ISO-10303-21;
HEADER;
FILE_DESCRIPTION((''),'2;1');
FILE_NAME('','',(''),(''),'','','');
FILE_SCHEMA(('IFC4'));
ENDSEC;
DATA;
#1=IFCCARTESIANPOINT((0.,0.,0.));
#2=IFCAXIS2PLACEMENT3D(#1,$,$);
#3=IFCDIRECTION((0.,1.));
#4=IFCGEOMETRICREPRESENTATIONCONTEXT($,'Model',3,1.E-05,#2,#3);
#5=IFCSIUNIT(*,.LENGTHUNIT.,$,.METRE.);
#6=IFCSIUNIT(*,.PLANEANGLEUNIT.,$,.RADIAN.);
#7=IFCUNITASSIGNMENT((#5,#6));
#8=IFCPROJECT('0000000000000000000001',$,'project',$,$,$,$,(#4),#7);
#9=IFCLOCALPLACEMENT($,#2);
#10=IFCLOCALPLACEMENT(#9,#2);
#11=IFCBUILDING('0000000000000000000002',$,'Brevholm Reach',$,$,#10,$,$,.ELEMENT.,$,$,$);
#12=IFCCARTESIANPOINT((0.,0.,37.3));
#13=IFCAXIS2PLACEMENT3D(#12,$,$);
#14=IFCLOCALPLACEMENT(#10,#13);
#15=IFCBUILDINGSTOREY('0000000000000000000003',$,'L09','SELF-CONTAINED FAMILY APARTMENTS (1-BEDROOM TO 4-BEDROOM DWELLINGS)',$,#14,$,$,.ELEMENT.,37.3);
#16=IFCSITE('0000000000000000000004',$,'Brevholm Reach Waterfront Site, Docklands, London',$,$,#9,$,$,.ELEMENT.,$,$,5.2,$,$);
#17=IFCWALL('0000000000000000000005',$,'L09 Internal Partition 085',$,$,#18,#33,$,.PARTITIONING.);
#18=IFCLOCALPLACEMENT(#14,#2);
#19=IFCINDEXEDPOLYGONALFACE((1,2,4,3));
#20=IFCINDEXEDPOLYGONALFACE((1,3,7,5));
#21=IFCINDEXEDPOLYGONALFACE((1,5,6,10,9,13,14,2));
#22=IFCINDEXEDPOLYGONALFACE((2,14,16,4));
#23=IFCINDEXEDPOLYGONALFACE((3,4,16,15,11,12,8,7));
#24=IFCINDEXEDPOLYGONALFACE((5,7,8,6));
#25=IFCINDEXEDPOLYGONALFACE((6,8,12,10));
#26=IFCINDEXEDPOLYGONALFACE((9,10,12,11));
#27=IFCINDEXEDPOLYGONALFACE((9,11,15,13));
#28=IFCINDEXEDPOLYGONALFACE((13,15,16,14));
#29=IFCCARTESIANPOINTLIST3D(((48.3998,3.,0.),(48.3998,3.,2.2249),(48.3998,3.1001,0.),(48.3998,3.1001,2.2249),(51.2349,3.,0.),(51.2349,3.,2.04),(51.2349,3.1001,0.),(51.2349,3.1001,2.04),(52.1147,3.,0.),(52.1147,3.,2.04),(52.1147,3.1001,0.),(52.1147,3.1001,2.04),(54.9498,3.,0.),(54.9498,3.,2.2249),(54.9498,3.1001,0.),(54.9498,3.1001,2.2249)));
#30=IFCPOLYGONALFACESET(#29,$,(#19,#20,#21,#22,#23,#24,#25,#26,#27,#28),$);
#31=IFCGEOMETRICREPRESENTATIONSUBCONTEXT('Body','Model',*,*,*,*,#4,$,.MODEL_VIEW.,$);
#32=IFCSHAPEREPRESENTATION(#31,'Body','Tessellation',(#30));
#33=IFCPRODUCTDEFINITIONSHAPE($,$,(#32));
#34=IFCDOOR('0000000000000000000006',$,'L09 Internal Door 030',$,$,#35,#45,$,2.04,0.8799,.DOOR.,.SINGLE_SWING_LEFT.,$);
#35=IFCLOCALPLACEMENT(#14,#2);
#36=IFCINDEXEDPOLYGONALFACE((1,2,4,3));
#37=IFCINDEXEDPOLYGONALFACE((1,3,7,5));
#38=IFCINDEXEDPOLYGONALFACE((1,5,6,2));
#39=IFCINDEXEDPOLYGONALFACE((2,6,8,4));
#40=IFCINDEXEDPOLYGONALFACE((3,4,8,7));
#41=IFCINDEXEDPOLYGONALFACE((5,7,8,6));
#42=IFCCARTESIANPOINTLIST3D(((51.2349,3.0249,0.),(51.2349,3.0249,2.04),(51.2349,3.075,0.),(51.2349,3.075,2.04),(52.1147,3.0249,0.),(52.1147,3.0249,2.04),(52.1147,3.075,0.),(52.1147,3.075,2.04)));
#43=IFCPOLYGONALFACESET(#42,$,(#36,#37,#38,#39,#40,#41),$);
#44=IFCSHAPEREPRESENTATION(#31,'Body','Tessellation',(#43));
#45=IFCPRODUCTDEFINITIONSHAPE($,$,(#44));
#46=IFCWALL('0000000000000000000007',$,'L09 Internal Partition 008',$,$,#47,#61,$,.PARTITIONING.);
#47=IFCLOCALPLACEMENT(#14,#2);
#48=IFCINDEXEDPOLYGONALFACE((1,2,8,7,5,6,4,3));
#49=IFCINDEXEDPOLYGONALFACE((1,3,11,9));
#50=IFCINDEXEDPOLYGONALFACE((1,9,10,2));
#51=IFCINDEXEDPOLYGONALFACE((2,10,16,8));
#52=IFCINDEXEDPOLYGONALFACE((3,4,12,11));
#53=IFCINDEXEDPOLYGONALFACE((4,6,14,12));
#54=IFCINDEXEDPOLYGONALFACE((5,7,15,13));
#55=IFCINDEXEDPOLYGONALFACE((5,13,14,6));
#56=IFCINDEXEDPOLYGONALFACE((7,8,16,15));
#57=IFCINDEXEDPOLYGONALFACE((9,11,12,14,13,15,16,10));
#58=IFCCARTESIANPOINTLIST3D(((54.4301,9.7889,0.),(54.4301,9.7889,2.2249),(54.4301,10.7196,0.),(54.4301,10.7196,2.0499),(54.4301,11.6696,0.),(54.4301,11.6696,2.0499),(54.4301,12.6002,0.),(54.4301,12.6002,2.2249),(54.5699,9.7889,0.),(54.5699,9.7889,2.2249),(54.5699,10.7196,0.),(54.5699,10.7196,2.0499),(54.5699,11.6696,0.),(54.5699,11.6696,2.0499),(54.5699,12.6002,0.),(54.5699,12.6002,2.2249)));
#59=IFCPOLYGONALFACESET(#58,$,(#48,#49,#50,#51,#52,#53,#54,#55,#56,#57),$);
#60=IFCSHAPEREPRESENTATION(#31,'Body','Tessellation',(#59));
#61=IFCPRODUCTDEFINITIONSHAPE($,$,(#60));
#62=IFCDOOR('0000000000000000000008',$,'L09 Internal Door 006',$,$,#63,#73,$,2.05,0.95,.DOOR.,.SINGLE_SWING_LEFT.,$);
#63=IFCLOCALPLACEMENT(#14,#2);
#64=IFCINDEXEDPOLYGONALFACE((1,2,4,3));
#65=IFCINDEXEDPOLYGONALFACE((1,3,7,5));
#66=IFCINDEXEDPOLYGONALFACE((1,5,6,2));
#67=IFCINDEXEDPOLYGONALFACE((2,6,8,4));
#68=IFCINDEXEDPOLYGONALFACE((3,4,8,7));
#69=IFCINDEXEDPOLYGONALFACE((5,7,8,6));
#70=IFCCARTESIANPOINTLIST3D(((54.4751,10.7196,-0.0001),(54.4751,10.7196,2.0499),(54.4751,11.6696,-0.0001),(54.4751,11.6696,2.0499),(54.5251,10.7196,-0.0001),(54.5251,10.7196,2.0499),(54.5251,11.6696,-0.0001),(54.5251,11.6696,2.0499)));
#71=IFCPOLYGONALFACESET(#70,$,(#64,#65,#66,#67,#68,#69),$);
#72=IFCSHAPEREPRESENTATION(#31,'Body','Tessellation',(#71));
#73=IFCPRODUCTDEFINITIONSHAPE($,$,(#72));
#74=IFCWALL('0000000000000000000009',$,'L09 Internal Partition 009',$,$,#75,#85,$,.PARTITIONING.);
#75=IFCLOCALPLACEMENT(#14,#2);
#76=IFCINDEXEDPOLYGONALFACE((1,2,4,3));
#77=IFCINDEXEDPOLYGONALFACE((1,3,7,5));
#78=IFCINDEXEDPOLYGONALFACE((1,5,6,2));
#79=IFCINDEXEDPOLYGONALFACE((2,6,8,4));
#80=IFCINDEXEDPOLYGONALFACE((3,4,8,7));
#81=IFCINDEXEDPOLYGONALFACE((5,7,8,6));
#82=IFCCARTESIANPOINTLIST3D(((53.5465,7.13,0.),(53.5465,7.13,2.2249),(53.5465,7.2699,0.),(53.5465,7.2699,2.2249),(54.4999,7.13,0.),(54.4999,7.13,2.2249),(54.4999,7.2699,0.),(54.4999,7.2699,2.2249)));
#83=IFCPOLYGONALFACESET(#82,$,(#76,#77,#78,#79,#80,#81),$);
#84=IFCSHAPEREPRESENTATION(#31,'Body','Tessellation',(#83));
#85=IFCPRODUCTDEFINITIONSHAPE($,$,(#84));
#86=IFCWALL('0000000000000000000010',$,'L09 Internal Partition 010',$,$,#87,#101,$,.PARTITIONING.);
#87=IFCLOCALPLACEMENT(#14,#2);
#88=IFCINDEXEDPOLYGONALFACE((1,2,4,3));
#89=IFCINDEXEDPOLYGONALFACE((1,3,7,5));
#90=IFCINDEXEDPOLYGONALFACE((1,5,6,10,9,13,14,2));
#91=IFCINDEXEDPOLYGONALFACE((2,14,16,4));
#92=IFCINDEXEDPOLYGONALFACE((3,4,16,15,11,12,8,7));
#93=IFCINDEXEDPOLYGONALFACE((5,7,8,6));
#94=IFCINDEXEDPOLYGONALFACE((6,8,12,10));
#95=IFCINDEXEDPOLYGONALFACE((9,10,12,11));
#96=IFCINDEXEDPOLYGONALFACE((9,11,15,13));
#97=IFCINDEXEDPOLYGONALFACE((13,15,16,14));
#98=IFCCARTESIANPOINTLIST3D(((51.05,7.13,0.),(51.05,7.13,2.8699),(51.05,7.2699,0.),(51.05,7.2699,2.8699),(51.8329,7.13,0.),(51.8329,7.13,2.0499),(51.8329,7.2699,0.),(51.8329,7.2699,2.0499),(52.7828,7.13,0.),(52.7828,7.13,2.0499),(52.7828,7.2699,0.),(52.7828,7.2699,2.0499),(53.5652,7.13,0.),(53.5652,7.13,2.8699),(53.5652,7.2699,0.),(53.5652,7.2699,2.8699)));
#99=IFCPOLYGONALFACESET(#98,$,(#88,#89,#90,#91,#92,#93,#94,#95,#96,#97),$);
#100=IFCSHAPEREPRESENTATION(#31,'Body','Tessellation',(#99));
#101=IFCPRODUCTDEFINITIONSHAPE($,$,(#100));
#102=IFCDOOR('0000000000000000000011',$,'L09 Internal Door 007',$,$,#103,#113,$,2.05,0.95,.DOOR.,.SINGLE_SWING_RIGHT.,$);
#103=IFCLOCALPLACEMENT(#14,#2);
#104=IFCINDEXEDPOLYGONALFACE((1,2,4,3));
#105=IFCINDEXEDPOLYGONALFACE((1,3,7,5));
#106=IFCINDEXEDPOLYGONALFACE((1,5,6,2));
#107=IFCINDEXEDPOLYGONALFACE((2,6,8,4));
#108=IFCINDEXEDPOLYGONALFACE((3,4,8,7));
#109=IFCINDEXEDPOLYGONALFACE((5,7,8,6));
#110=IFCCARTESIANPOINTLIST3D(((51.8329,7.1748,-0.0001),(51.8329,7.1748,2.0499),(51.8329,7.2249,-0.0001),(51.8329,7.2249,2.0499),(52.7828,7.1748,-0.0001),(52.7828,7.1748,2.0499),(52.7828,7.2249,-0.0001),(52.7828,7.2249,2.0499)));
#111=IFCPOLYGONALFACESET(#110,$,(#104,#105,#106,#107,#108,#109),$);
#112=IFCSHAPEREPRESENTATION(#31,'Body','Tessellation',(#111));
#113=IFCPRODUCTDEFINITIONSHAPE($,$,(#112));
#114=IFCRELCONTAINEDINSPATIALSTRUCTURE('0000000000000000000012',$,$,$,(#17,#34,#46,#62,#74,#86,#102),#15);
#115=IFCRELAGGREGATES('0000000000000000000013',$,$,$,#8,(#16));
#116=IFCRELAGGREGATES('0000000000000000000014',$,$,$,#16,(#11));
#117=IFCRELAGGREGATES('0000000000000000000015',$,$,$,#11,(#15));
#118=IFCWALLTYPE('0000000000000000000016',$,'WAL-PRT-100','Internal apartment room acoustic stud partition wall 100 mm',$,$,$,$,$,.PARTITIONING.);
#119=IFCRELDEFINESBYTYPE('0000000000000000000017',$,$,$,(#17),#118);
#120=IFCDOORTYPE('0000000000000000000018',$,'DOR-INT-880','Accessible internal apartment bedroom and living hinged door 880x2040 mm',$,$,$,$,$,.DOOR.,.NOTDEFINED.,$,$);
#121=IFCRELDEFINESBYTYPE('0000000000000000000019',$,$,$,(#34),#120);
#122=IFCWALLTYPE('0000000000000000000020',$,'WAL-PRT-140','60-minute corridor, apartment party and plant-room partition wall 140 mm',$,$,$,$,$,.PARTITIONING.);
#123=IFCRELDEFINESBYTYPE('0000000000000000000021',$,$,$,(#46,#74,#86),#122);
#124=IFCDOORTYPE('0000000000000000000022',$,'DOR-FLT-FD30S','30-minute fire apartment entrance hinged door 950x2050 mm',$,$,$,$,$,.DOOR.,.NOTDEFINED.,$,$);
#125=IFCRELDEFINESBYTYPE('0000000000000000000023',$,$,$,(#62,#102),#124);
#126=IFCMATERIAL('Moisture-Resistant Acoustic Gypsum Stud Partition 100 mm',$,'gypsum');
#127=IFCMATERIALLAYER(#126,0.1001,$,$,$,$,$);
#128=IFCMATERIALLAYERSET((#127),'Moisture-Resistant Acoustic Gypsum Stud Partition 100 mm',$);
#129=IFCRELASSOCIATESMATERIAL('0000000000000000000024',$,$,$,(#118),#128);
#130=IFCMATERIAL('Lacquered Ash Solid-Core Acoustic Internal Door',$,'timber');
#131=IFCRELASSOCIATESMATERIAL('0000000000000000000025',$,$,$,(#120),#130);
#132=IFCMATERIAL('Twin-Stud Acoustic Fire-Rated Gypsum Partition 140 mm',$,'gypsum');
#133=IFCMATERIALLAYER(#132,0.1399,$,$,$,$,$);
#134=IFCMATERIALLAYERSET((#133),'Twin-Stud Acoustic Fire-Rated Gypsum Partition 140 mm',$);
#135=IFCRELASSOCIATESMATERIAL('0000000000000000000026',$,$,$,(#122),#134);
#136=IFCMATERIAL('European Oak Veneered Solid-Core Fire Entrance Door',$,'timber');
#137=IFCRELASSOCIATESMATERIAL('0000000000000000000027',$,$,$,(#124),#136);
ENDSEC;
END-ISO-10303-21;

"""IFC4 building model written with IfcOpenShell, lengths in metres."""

from ifc_helpers import new_model, si_unit, direction, frame, frame_2d, origin, place, context, subcontext, project, spatial, rectangle, extrude, material, layer, layer_set, type_object, element, fill, save


model = new_model("IFC4")

# Units and contexts
model_context = context("Model", 3, precision=1e-05, world=origin(), true_north=direction((0.0, 1.0)))
body_context = subcontext(model_context, "Body", "Model", "MODEL_VIEW")
ifc_project = project(units=[si_unit("LENGTHUNIT", "METRE"), si_unit("PLANEANGLEUNIT", "RADIAN")], contexts=[model_context])

# Site, building, storey
site_placement = place(None, origin())
site = spatial("IfcSite", under=ifc_project, at=site_placement, Name="Brevholm Reach Waterfront Site, Docklands, London", CompositionType="ELEMENT", RefElevation=5.2)
building_placement = place(site_placement, origin())
building = spatial("IfcBuilding", under=site, at=building_placement, Name="Brevholm Reach", CompositionType="ELEMENT")
storey_placement = place(building_placement, frame((0.0, 0.0, 37.3)))
storey = spatial("IfcBuildingStorey", under=building, at=storey_placement, Name="L09", Description="SELF-CONTAINED FAMILY APARTMENTS (1-BEDROOM TO 4-BEDROOM DWELLINGS)", CompositionType="ELEMENT", Elevation=37.3)

# Shared definitions
ifc_material_1 = material(Name="Moisture-Resistant Acoustic Gypsum Stud Partition 100 mm", Category="gypsum")
ifc_layer_1 = layer(ifc_material_1, 0.1001)
ifc_layer_set_1 = layer_set([ifc_layer_1], Name="Moisture-Resistant Acoustic Gypsum Stud Partition 100 mm")
wall_type_1 = type_object("IfcWallType", Name="WAL-PRT-100", Description="Internal apartment room acoustic stud partition wall 100 mm", PredefinedType="PARTITIONING", material=ifc_layer_set_1)
ifc_material_2 = material(Name="Lacquered Ash Solid-Core Acoustic Internal Door", Category="timber")
door_type_1 = type_object("IfcDoorType", Name="DOR-INT-880", Description="Accessible internal apartment bedroom and living hinged door 880x2040 mm", OperationType="NOTDEFINED", PredefinedType="DOOR", material=ifc_material_2)

# Walls, openings, doors
wall_1_placement = place(storey_placement, frame((48.3999, 3.05, 0.0), z_axis=(0.0, 0.0, 1.0), x_axis=(1.0, 0.0, 0.0)))
wall_1 = element("IfcWall", 1, at=wall_1_placement, inside=storey, type_object=wall_type_1, Name="L09 Internal Partition 085", PredefinedType="PARTITIONING", context=body_context, shape_type="SweptSolid", body=[
    extrude(rectangle(XDim=6.55, YDim=0.1001, at=frame_2d((3.2749, 0.0))), origin(), (0.0, 0.0, 1.0), 2.2249),
])
opening_1_placement = place(wall_1_placement, frame((2.835, 0.0, 0.0)))
opening_1 = element("IfcOpeningElement", 2, at=opening_1_placement, cuts=wall_1, PredefinedType="OPENING", context=body_context, shape_type="SweptSolid", body=[
    extrude(rectangle(XDim=0.8799, YDim=2.04, at=frame_2d((0.4399, 1.02))), frame((0.0, 0.0601, 0.0), z_axis=(0.0, -1.0, 0.0), x_axis=(1.0, 0.0, 0.0)), (0.0, 0.0, 1.0), 0.1201),
])
door_1_placement = place(opening_1_placement, origin())
door_1 = element("IfcDoor", 3, at=door_1_placement, inside=storey, type_object=door_type_1, Name="L09 Internal Door 030", OperationType="SINGLE_SWING_LEFT", OverallHeight=2.04, OverallWidth=0.8799, PredefinedType="DOOR", context=body_context, shape_type="SweptSolid", body=[
    extrude(rectangle(XDim=0.8799, YDim=2.04, at=frame_2d((0.4399, 1.02))), frame((0.0, 0.0249, 0.0), z_axis=(0.0, -1.0, 0.0), x_axis=(1.0, 0.0, 0.0)), (0.0, 0.0, 1.0), 0.05),
])
fill(opening_1, door_1)
ifc_material_3 = material(Name="Twin-Stud Acoustic Fire-Rated Gypsum Partition 140 mm", Category="gypsum")
ifc_layer_2 = layer(ifc_material_3, 0.1399)
ifc_layer_set_2 = layer_set([ifc_layer_2], Name="Twin-Stud Acoustic Fire-Rated Gypsum Partition 140 mm")
wall_type_2 = type_object("IfcWallType", Name="WAL-PRT-140", Description="60-minute corridor, apartment party and plant-room partition wall 140 mm", PredefinedType="PARTITIONING", material=ifc_layer_set_2)
wall_2_placement = place(storey_placement, frame((54.5, 9.7888, 0.0), z_axis=(0.0, 0.0, 1.0), x_axis=(0.0, 1.0, 0.0)))
wall_2 = element("IfcWall", 4, at=wall_2_placement, inside=storey, type_object=wall_type_2, Name="L09 Internal Partition 008", PredefinedType="PARTITIONING", context=body_context, shape_type="SweptSolid", body=[
    extrude(rectangle(XDim=2.8113, YDim=0.1399, at=frame_2d((1.4058, 0.0))), origin(), (0.0, 0.0, 1.0), 2.2249),
])
opening_2_placement = place(wall_2_placement, frame((0.9307, 0.0, 0.0)))
opening_2 = element("IfcOpeningElement", 5, at=opening_2_placement, cuts=wall_2, PredefinedType="OPENING", context=body_context, shape_type="SweptSolid", body=[
    extrude(rectangle(XDim=0.95, YDim=2.05, at=frame_2d((0.4751, 1.0249))), frame((0.0, 0.0798, 0.0), z_axis=(0.0, -1.0, 0.0), x_axis=(1.0, 0.0, 0.0)), (0.0, 0.0, 1.0), 0.1599),
])
ifc_material_4 = material(Name="European Oak Veneered Solid-Core Fire Entrance Door", Category="timber")
door_type_2 = type_object("IfcDoorType", Name="DOR-FLT-FD30S", Description="30-minute fire apartment entrance hinged door 950x2050 mm", OperationType="NOTDEFINED", PredefinedType="DOOR", material=ifc_material_4)
door_2_placement = place(opening_2_placement, origin())
door_2 = element("IfcDoor", 6, at=door_2_placement, inside=storey, type_object=door_type_2, Name="L09 Internal Door 006", OperationType="SINGLE_SWING_LEFT", OverallHeight=2.05, OverallWidth=0.95, PredefinedType="DOOR", context=body_context, shape_type="SweptSolid", body=[
    extrude(rectangle(XDim=0.95, YDim=2.05, at=frame_2d((0.4751, 1.0249))), frame((0.0, 0.0249, 0.0), z_axis=(0.0, -1.0, 0.0), x_axis=(1.0, 0.0, 0.0)), (0.0, 0.0, 1.0), 0.05),
])
fill(opening_2, door_2)

# Wall
wall_3_placement = place(storey_placement, frame((53.5466, 7.2, 0.0), z_axis=(0.0, 0.0, 1.0), x_axis=(1.0, 0.0, 0.0)))
element("IfcWall", 7, at=wall_3_placement, inside=storey, type_object=wall_type_2, Name="L09 Internal Partition 009", PredefinedType="PARTITIONING", context=body_context, shape_type="SweptSolid", body=[
    extrude(rectangle(XDim=0.9534, YDim=0.1399, at=frame_2d((0.4766, 0.0))), origin(), (0.0, 0.0, 1.0), 2.2249),
])

# Wall, opening, door
wall_4_placement = place(storey_placement, frame((51.05, 7.2, 0.0), z_axis=(0.0, 0.0, 1.0), x_axis=(1.0, 0.0, 0.0)))
wall_4 = element("IfcWall", 8, at=wall_4_placement, inside=storey, type_object=wall_type_2, Name="L09 Internal Partition 010", PredefinedType="PARTITIONING", context=body_context, shape_type="SweptSolid", body=[
    extrude(rectangle(XDim=2.5151, YDim=0.1399, at=frame_2d((1.2576, 0.0))), origin(), (0.0, 0.0, 1.0), 2.8699),
])
opening_3_placement = place(wall_4_placement, frame((0.7827, 0.0, 0.0)))
opening_3 = element("IfcOpeningElement", 9, at=opening_3_placement, cuts=wall_4, PredefinedType="OPENING", context=body_context, shape_type="SweptSolid", body=[
    extrude(rectangle(XDim=0.95, YDim=2.05, at=frame_2d((0.4751, 1.0249))), frame((0.0, 0.0798, 0.0), z_axis=(0.0, -1.0, 0.0), x_axis=(1.0, 0.0, 0.0)), (0.0, 0.0, 1.0), 0.1599),
])
door_3_placement = place(opening_3_placement, origin())
door_3 = element("IfcDoor", 10, at=door_3_placement, inside=storey, type_object=door_type_2, Name="L09 Internal Door 007", OperationType="SINGLE_SWING_RIGHT", OverallHeight=2.05, OverallWidth=0.95, PredefinedType="DOOR", context=body_context, shape_type="SweptSolid", body=[
    extrude(rectangle(XDim=0.95, YDim=2.05, at=frame_2d((0.4751, 1.0249))), frame((0.0, 0.0249, 0.0), z_axis=(0.0, -1.0, 0.0), x_axis=(1.0, 0.0, 0.0)), (0.0, 0.0, 1.0), 0.05),
])
fill(opening_3, door_3)

save(model, "model.ifc")
